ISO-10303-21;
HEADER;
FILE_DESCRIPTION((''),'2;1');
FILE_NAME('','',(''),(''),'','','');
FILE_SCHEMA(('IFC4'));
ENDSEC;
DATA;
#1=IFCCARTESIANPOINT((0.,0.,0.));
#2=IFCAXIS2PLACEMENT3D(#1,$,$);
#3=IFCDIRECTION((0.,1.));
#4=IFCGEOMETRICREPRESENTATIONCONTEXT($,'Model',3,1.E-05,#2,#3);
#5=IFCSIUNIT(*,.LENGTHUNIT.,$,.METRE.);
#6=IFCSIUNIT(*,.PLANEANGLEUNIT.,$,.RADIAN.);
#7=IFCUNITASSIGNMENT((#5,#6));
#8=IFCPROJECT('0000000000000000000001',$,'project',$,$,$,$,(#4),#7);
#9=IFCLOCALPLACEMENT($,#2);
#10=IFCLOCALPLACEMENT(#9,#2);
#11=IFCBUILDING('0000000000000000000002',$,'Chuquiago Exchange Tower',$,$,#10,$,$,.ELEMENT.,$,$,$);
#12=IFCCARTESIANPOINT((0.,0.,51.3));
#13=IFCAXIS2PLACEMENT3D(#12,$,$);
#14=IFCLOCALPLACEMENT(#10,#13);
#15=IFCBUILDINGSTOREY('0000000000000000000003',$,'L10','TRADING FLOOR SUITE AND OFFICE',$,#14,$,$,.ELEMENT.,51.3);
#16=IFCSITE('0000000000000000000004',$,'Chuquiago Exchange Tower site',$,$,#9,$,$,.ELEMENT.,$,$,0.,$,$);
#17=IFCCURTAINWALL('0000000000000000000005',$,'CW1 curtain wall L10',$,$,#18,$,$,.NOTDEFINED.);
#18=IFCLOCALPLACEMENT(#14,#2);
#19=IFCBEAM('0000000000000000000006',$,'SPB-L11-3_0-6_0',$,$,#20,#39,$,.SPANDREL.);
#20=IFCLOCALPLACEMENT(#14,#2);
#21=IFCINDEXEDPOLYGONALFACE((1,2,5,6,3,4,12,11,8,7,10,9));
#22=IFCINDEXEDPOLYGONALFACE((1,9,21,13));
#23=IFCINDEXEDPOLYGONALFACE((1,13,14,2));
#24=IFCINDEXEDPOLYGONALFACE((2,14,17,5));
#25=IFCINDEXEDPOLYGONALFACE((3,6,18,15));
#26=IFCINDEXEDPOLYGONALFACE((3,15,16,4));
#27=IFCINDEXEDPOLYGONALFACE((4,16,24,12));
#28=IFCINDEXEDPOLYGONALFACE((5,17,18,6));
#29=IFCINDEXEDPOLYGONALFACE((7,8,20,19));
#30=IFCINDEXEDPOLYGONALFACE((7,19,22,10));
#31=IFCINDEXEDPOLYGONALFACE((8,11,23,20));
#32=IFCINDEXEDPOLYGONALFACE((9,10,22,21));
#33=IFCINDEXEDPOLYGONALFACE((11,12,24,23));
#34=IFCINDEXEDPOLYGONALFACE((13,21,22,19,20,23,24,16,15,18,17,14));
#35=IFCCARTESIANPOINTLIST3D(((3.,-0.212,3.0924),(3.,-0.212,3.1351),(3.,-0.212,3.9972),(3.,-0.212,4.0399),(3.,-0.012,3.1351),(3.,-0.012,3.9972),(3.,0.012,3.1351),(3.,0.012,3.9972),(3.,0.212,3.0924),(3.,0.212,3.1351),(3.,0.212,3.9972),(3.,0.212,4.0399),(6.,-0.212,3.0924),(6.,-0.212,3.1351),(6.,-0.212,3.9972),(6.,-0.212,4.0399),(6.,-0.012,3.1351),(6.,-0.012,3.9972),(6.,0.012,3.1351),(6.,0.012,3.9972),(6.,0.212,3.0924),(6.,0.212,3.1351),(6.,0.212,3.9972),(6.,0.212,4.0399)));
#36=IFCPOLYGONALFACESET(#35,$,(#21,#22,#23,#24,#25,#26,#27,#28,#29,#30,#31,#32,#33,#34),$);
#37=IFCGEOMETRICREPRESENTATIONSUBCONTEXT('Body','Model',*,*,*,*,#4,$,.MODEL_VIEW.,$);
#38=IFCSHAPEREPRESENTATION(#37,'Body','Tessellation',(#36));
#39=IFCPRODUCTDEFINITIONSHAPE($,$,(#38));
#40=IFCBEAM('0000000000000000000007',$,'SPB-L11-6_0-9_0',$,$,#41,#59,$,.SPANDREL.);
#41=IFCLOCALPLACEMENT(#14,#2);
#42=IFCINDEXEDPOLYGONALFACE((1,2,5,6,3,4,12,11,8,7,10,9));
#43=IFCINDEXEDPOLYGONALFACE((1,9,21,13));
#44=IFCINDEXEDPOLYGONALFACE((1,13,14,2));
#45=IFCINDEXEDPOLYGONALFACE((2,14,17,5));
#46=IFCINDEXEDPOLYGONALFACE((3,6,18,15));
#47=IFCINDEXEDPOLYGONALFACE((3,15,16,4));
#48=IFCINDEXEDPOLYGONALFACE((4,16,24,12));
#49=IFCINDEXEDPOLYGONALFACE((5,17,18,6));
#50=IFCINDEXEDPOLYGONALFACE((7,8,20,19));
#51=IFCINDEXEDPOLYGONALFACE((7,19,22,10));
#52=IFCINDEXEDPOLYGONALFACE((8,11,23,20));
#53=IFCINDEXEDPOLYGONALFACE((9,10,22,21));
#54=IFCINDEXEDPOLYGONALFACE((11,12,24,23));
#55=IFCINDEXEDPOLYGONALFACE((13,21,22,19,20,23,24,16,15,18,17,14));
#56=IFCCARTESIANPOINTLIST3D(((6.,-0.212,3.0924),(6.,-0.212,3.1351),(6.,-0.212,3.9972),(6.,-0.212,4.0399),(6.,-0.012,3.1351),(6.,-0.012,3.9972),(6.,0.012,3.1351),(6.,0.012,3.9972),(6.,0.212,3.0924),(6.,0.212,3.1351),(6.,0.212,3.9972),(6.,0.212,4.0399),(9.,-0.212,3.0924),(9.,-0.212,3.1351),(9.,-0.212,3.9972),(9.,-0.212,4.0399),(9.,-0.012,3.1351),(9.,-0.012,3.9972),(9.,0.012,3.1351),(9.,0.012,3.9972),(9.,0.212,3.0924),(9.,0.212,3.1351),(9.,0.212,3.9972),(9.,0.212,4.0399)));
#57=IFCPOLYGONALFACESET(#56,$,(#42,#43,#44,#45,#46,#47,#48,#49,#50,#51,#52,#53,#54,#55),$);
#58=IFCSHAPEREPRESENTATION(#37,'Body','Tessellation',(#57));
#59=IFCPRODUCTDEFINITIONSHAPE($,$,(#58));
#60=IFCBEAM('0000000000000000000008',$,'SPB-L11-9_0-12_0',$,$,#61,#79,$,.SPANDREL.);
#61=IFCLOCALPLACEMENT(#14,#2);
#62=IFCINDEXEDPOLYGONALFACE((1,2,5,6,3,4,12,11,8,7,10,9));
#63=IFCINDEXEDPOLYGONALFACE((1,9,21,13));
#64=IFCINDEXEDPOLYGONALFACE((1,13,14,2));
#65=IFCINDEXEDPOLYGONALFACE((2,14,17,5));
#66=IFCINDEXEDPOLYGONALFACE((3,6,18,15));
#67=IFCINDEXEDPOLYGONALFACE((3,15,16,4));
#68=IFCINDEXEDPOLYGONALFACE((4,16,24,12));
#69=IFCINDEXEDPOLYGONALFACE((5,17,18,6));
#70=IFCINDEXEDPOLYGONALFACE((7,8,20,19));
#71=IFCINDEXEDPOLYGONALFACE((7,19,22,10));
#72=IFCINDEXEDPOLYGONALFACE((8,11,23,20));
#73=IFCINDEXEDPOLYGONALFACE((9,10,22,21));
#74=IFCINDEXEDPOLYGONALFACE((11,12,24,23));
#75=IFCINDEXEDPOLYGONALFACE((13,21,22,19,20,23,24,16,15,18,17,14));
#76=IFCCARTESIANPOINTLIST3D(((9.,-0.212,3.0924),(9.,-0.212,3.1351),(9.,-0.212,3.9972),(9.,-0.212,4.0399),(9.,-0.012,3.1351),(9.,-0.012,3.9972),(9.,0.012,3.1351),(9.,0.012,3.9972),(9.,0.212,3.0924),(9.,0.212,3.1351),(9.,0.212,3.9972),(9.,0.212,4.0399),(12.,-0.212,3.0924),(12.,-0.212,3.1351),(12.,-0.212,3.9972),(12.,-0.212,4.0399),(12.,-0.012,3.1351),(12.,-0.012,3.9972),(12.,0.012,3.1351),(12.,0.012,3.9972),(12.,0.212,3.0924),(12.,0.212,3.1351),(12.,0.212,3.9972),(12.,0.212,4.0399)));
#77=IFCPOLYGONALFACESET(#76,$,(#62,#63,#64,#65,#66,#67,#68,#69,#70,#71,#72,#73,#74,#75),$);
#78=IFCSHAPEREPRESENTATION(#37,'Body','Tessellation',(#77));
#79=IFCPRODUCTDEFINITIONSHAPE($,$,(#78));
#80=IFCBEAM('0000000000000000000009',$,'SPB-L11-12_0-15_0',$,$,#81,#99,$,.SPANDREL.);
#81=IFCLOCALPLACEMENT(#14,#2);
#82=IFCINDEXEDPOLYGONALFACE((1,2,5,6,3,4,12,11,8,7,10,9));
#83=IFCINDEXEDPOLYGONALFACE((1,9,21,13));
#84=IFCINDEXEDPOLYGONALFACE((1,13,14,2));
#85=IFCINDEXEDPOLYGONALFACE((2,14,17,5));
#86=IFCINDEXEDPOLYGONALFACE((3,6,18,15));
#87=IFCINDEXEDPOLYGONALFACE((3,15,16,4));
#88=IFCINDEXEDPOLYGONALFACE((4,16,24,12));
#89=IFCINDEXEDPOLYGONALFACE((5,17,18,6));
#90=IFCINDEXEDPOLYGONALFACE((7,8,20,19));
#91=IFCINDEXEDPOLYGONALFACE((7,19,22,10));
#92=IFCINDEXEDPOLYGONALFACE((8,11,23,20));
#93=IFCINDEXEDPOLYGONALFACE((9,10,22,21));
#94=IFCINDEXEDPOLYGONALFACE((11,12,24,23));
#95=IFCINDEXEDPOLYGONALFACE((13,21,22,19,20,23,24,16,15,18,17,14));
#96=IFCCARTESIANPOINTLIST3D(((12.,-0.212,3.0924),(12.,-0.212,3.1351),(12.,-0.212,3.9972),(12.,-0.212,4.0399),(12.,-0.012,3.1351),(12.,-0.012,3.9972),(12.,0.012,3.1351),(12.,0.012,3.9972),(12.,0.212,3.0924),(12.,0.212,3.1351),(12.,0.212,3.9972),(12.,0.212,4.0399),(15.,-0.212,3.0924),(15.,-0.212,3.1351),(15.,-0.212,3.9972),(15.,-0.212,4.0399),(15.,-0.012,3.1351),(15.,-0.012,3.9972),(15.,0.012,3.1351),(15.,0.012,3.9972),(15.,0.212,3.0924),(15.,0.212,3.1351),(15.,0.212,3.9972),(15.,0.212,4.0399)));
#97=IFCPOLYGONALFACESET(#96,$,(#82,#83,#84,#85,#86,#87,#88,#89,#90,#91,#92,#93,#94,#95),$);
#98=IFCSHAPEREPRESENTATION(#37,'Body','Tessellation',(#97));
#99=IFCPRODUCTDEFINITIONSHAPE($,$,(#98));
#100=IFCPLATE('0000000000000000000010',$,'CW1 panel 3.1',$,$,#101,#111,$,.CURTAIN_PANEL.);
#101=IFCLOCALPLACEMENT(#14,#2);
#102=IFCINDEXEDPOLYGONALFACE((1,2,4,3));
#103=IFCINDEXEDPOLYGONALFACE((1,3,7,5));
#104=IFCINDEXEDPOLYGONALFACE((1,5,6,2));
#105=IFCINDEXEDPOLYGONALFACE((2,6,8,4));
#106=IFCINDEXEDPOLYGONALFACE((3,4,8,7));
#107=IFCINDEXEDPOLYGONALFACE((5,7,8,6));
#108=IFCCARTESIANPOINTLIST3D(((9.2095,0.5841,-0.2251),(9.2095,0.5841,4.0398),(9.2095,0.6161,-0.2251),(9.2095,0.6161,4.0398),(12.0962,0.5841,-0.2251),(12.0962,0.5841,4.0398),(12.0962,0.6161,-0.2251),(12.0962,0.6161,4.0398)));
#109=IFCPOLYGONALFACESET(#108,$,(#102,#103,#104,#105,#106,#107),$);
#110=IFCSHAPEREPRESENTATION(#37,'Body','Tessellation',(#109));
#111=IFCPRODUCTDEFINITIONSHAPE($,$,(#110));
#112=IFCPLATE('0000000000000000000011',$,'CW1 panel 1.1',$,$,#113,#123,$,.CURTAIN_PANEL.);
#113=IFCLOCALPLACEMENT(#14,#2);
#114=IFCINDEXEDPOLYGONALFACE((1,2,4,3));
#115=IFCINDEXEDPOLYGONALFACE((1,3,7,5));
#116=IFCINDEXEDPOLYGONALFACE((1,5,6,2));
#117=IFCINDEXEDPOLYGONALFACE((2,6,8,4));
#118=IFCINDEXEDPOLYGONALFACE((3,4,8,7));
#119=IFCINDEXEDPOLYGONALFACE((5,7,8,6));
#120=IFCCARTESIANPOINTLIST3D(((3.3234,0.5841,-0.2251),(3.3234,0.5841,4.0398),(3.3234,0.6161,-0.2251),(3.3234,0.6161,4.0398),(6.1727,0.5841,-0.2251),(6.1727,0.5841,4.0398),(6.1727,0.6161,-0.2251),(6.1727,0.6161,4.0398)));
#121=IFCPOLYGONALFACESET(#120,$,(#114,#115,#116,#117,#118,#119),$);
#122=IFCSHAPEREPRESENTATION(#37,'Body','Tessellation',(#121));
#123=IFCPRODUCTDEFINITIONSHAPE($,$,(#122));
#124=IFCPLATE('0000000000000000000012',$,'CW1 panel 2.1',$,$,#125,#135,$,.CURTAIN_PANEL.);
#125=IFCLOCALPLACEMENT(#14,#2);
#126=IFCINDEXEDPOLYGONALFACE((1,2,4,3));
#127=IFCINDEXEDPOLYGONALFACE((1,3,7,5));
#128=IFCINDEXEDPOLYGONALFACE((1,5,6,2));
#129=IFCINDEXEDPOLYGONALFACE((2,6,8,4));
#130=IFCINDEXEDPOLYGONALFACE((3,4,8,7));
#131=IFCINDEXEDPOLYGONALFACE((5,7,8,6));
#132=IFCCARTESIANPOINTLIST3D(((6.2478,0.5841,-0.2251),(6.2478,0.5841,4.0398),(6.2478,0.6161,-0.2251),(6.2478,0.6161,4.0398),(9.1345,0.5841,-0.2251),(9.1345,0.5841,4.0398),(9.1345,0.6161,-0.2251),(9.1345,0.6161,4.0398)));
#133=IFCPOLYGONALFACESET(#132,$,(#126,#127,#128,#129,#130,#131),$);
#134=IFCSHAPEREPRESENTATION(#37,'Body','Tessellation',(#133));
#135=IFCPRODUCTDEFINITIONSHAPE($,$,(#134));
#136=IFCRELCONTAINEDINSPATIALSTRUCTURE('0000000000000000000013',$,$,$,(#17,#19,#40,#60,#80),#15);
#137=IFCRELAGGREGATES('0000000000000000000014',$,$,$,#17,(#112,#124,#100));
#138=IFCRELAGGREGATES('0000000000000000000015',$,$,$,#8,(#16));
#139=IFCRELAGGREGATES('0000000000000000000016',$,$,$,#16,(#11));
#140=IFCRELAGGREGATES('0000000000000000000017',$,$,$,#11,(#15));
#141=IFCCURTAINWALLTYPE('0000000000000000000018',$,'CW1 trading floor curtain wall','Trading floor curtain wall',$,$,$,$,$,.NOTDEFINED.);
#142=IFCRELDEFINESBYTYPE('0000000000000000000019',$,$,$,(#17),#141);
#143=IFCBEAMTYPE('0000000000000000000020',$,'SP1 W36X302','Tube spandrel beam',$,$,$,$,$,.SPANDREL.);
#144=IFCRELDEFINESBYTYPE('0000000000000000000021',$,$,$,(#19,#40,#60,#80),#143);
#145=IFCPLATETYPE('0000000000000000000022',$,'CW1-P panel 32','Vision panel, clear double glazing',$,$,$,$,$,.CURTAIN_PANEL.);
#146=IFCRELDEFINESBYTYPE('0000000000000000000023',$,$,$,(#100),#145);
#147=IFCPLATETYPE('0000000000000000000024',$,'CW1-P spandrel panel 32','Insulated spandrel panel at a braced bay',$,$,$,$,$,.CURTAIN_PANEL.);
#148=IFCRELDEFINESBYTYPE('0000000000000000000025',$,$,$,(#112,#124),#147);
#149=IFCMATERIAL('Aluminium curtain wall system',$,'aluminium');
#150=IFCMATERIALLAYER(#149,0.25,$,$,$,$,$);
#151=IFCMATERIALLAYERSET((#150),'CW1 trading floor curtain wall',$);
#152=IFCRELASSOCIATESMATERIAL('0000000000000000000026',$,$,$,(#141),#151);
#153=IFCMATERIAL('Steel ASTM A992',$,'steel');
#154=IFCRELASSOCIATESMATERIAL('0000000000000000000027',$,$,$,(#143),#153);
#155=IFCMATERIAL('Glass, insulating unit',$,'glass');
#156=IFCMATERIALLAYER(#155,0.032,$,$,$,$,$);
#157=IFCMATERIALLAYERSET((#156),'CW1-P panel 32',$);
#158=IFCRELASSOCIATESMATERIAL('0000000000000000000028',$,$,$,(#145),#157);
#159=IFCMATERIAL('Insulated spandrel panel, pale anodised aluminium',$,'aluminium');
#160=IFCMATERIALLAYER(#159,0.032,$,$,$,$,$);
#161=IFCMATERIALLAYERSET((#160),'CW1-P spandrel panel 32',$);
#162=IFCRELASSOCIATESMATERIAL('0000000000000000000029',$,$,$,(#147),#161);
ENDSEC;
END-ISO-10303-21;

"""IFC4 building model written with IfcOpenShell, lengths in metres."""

from ifc_helpers import new_model, si_unit, direction, frame, origin, origin_2d, place, context, subcontext, project, spatial, rectangle, i_section, extrude, material, layer, layer_set, material_profile, profile_set, type_object, element, aggregate, save


model = new_model("IFC4")

# Units and contexts
model_context = context("Model", 3, precision=1e-05, world=origin(), true_north=direction((0.0, 1.0)))
body_context = subcontext(model_context, "Body", "Model", "MODEL_VIEW")
ifc_project = project(units=[si_unit("LENGTHUNIT", "METRE"), si_unit("PLANEANGLEUNIT", "RADIAN")], contexts=[model_context])

# Site, building, storey
site_placement = place(None, origin())
site = spatial("IfcSite", under=ifc_project, at=site_placement, Name="Chuquiago Exchange Tower site", CompositionType="ELEMENT", RefElevation=0.0)
building_placement = place(site_placement, origin())
building = spatial("IfcBuilding", under=site, at=building_placement, Name="Chuquiago Exchange Tower", CompositionType="ELEMENT")
storey_placement = place(building_placement, frame((0.0, 0.0, 51.3)))
storey = spatial("IfcBuildingStorey", under=building, at=storey_placement, Name="L10", Description="TRADING FLOOR SUITE AND OFFICE", CompositionType="ELEMENT", Elevation=51.3)

# Curtain wall
ifc_material_1 = material(Name="Aluminium curtain wall system", Category="aluminium")
ifc_layer_1 = layer(ifc_material_1, 0.25)
ifc_layer_set_1 = layer_set([ifc_layer_1], Name="CW1 trading floor curtain wall")
curtain_wall_type = type_object("IfcCurtainWallType", Name="CW1 trading floor curtain wall", Description="Trading floor curtain wall", PredefinedType="NOTDEFINED", material=ifc_layer_set_1)
curtain_wall_placement = place(storey_placement, origin())
curtain_wall = element("IfcCurtainWall", 1, at=curtain_wall_placement, inside=storey, type_object=curtain_wall_type, Name="CW1 curtain wall L10", PredefinedType="NOTDEFINED")

# Beams
ifc_material_2 = material(Name="Steel ASTM A992", Category="steel")
ifc_material_profile_1 = material_profile(ifc_material_2, i_section(OverallWidth=0.4241, OverallDepth=0.9475, WebThickness=0.0239, FlangeThickness=0.0427, at=origin_2d()), Name="W36X302")
ifc_profile_set_1 = profile_set([ifc_material_profile_1], Name="Steel ASTM A992")
beam_type = type_object("IfcBeamType", Name="SP1 W36X302", Description="Tube spandrel beam", PredefinedType="SPANDREL", material=ifc_profile_set_1)
for number, where, z_axis, x_axis, name in (
    (2, (3.0, 0.0, 3.5662), (1.0, 0.0, 0.0), (0.0, 1.0, 0.0), "SPB-L11-3_0-6_0"),
    (3, (6.0, 0.0, 3.5662), (1.0, 0.0, 0.0), (0.0, 1.0, 0.0), "SPB-L11-6_0-9_0"),
    (4, (9.0, 0.0, 3.5662), (1.0, 0.0, 0.0), (0.0, 1.0, 0.0), "SPB-L11-9_0-12_0"),
    (5, (12.0, 0.0, 3.5662), (1.0, 0.0, 0.0), (0.0, 1.0, 0.0), "SPB-L11-12_0-15_0"),
):
    element("IfcBeam", number, at=place(storey_placement, frame(where, z_axis=z_axis, x_axis=x_axis)), inside=storey, type_object=beam_type, Name=name, PredefinedType="SPANDREL", context=body_context, shape_type="SweptSolid", body=[
        extrude(i_section(OverallWidth=0.4241, OverallDepth=0.9475, WebThickness=0.0239, FlangeThickness=0.0427, at=origin_2d()), origin(), (0.0, 0.0, 1.0), 3.0),
    ])

# Plates
ifc_material_3 = material(Name="Glass, insulating unit", Category="glass")
ifc_layer_2 = layer(ifc_material_3, 0.032)
ifc_layer_set_2 = layer_set([ifc_layer_2], Name="CW1-P panel 32")
plate_type_1 = type_object("IfcPlateType", Name="CW1-P panel 32", Description="Vision panel, clear double glazing", PredefinedType="CURTAIN_PANEL", material=ifc_layer_set_2)
plate_1_placement = place(storey_placement, frame((10.6528, 0.6001, -0.2251), z_axis=(0.0, 0.0, 1.0), x_axis=(1.0, 0.0, 0.0)))
plate_1 = element("IfcPlate", 6, at=plate_1_placement, type_object=plate_type_1, Name="CW1 panel 3.1", PredefinedType="CURTAIN_PANEL", context=body_context, shape_type="SweptSolid", body=[
    extrude(rectangle(XDim=2.8867, YDim=0.032, at=origin_2d()), origin(), (0.0, 0.0, 1.0), 4.2649),
])
ifc_material_4 = material(Name="Insulated spandrel panel, pale anodised aluminium", Category="aluminium")
ifc_layer_3 = layer(ifc_material_4, 0.032)
ifc_layer_set_3 = layer_set([ifc_layer_3], Name="CW1-P spandrel panel 32")
plate_type_2 = type_object("IfcPlateType", Name="CW1-P spandrel panel 32", Description="Insulated spandrel panel at a braced bay", PredefinedType="CURTAIN_PANEL", material=ifc_layer_set_3)
plate_2_placement = place(storey_placement, frame((4.748, 0.6001, -0.2251), z_axis=(0.0, 0.0, 1.0), x_axis=(1.0, 0.0, 0.0)))
plate_2 = element("IfcPlate", 7, at=plate_2_placement, type_object=plate_type_2, Name="CW1 panel 1.1", PredefinedType="CURTAIN_PANEL", context=body_context, shape_type="SweptSolid", body=[
    extrude(rectangle(XDim=2.8494, YDim=0.032, at=origin_2d()), origin(), (0.0, 0.0, 1.0), 4.2649),
])
plate_3_placement = place(storey_placement, frame((7.6912, 0.6001, -0.2251), z_axis=(0.0, 0.0, 1.0), x_axis=(1.0, 0.0, 0.0)))
plate_3 = element("IfcPlate", 8, at=plate_3_placement, type_object=plate_type_2, Name="CW1 panel 2.1", PredefinedType="CURTAIN_PANEL", context=body_context, shape_type="SweptSolid", body=[
    extrude(rectangle(XDim=2.8867, YDim=0.032, at=origin_2d()), origin(), (0.0, 0.0, 1.0), 4.2649),
])
aggregate(curtain_wall, [plate_2, plate_3, plate_1])

save(model, "model.ifc")
